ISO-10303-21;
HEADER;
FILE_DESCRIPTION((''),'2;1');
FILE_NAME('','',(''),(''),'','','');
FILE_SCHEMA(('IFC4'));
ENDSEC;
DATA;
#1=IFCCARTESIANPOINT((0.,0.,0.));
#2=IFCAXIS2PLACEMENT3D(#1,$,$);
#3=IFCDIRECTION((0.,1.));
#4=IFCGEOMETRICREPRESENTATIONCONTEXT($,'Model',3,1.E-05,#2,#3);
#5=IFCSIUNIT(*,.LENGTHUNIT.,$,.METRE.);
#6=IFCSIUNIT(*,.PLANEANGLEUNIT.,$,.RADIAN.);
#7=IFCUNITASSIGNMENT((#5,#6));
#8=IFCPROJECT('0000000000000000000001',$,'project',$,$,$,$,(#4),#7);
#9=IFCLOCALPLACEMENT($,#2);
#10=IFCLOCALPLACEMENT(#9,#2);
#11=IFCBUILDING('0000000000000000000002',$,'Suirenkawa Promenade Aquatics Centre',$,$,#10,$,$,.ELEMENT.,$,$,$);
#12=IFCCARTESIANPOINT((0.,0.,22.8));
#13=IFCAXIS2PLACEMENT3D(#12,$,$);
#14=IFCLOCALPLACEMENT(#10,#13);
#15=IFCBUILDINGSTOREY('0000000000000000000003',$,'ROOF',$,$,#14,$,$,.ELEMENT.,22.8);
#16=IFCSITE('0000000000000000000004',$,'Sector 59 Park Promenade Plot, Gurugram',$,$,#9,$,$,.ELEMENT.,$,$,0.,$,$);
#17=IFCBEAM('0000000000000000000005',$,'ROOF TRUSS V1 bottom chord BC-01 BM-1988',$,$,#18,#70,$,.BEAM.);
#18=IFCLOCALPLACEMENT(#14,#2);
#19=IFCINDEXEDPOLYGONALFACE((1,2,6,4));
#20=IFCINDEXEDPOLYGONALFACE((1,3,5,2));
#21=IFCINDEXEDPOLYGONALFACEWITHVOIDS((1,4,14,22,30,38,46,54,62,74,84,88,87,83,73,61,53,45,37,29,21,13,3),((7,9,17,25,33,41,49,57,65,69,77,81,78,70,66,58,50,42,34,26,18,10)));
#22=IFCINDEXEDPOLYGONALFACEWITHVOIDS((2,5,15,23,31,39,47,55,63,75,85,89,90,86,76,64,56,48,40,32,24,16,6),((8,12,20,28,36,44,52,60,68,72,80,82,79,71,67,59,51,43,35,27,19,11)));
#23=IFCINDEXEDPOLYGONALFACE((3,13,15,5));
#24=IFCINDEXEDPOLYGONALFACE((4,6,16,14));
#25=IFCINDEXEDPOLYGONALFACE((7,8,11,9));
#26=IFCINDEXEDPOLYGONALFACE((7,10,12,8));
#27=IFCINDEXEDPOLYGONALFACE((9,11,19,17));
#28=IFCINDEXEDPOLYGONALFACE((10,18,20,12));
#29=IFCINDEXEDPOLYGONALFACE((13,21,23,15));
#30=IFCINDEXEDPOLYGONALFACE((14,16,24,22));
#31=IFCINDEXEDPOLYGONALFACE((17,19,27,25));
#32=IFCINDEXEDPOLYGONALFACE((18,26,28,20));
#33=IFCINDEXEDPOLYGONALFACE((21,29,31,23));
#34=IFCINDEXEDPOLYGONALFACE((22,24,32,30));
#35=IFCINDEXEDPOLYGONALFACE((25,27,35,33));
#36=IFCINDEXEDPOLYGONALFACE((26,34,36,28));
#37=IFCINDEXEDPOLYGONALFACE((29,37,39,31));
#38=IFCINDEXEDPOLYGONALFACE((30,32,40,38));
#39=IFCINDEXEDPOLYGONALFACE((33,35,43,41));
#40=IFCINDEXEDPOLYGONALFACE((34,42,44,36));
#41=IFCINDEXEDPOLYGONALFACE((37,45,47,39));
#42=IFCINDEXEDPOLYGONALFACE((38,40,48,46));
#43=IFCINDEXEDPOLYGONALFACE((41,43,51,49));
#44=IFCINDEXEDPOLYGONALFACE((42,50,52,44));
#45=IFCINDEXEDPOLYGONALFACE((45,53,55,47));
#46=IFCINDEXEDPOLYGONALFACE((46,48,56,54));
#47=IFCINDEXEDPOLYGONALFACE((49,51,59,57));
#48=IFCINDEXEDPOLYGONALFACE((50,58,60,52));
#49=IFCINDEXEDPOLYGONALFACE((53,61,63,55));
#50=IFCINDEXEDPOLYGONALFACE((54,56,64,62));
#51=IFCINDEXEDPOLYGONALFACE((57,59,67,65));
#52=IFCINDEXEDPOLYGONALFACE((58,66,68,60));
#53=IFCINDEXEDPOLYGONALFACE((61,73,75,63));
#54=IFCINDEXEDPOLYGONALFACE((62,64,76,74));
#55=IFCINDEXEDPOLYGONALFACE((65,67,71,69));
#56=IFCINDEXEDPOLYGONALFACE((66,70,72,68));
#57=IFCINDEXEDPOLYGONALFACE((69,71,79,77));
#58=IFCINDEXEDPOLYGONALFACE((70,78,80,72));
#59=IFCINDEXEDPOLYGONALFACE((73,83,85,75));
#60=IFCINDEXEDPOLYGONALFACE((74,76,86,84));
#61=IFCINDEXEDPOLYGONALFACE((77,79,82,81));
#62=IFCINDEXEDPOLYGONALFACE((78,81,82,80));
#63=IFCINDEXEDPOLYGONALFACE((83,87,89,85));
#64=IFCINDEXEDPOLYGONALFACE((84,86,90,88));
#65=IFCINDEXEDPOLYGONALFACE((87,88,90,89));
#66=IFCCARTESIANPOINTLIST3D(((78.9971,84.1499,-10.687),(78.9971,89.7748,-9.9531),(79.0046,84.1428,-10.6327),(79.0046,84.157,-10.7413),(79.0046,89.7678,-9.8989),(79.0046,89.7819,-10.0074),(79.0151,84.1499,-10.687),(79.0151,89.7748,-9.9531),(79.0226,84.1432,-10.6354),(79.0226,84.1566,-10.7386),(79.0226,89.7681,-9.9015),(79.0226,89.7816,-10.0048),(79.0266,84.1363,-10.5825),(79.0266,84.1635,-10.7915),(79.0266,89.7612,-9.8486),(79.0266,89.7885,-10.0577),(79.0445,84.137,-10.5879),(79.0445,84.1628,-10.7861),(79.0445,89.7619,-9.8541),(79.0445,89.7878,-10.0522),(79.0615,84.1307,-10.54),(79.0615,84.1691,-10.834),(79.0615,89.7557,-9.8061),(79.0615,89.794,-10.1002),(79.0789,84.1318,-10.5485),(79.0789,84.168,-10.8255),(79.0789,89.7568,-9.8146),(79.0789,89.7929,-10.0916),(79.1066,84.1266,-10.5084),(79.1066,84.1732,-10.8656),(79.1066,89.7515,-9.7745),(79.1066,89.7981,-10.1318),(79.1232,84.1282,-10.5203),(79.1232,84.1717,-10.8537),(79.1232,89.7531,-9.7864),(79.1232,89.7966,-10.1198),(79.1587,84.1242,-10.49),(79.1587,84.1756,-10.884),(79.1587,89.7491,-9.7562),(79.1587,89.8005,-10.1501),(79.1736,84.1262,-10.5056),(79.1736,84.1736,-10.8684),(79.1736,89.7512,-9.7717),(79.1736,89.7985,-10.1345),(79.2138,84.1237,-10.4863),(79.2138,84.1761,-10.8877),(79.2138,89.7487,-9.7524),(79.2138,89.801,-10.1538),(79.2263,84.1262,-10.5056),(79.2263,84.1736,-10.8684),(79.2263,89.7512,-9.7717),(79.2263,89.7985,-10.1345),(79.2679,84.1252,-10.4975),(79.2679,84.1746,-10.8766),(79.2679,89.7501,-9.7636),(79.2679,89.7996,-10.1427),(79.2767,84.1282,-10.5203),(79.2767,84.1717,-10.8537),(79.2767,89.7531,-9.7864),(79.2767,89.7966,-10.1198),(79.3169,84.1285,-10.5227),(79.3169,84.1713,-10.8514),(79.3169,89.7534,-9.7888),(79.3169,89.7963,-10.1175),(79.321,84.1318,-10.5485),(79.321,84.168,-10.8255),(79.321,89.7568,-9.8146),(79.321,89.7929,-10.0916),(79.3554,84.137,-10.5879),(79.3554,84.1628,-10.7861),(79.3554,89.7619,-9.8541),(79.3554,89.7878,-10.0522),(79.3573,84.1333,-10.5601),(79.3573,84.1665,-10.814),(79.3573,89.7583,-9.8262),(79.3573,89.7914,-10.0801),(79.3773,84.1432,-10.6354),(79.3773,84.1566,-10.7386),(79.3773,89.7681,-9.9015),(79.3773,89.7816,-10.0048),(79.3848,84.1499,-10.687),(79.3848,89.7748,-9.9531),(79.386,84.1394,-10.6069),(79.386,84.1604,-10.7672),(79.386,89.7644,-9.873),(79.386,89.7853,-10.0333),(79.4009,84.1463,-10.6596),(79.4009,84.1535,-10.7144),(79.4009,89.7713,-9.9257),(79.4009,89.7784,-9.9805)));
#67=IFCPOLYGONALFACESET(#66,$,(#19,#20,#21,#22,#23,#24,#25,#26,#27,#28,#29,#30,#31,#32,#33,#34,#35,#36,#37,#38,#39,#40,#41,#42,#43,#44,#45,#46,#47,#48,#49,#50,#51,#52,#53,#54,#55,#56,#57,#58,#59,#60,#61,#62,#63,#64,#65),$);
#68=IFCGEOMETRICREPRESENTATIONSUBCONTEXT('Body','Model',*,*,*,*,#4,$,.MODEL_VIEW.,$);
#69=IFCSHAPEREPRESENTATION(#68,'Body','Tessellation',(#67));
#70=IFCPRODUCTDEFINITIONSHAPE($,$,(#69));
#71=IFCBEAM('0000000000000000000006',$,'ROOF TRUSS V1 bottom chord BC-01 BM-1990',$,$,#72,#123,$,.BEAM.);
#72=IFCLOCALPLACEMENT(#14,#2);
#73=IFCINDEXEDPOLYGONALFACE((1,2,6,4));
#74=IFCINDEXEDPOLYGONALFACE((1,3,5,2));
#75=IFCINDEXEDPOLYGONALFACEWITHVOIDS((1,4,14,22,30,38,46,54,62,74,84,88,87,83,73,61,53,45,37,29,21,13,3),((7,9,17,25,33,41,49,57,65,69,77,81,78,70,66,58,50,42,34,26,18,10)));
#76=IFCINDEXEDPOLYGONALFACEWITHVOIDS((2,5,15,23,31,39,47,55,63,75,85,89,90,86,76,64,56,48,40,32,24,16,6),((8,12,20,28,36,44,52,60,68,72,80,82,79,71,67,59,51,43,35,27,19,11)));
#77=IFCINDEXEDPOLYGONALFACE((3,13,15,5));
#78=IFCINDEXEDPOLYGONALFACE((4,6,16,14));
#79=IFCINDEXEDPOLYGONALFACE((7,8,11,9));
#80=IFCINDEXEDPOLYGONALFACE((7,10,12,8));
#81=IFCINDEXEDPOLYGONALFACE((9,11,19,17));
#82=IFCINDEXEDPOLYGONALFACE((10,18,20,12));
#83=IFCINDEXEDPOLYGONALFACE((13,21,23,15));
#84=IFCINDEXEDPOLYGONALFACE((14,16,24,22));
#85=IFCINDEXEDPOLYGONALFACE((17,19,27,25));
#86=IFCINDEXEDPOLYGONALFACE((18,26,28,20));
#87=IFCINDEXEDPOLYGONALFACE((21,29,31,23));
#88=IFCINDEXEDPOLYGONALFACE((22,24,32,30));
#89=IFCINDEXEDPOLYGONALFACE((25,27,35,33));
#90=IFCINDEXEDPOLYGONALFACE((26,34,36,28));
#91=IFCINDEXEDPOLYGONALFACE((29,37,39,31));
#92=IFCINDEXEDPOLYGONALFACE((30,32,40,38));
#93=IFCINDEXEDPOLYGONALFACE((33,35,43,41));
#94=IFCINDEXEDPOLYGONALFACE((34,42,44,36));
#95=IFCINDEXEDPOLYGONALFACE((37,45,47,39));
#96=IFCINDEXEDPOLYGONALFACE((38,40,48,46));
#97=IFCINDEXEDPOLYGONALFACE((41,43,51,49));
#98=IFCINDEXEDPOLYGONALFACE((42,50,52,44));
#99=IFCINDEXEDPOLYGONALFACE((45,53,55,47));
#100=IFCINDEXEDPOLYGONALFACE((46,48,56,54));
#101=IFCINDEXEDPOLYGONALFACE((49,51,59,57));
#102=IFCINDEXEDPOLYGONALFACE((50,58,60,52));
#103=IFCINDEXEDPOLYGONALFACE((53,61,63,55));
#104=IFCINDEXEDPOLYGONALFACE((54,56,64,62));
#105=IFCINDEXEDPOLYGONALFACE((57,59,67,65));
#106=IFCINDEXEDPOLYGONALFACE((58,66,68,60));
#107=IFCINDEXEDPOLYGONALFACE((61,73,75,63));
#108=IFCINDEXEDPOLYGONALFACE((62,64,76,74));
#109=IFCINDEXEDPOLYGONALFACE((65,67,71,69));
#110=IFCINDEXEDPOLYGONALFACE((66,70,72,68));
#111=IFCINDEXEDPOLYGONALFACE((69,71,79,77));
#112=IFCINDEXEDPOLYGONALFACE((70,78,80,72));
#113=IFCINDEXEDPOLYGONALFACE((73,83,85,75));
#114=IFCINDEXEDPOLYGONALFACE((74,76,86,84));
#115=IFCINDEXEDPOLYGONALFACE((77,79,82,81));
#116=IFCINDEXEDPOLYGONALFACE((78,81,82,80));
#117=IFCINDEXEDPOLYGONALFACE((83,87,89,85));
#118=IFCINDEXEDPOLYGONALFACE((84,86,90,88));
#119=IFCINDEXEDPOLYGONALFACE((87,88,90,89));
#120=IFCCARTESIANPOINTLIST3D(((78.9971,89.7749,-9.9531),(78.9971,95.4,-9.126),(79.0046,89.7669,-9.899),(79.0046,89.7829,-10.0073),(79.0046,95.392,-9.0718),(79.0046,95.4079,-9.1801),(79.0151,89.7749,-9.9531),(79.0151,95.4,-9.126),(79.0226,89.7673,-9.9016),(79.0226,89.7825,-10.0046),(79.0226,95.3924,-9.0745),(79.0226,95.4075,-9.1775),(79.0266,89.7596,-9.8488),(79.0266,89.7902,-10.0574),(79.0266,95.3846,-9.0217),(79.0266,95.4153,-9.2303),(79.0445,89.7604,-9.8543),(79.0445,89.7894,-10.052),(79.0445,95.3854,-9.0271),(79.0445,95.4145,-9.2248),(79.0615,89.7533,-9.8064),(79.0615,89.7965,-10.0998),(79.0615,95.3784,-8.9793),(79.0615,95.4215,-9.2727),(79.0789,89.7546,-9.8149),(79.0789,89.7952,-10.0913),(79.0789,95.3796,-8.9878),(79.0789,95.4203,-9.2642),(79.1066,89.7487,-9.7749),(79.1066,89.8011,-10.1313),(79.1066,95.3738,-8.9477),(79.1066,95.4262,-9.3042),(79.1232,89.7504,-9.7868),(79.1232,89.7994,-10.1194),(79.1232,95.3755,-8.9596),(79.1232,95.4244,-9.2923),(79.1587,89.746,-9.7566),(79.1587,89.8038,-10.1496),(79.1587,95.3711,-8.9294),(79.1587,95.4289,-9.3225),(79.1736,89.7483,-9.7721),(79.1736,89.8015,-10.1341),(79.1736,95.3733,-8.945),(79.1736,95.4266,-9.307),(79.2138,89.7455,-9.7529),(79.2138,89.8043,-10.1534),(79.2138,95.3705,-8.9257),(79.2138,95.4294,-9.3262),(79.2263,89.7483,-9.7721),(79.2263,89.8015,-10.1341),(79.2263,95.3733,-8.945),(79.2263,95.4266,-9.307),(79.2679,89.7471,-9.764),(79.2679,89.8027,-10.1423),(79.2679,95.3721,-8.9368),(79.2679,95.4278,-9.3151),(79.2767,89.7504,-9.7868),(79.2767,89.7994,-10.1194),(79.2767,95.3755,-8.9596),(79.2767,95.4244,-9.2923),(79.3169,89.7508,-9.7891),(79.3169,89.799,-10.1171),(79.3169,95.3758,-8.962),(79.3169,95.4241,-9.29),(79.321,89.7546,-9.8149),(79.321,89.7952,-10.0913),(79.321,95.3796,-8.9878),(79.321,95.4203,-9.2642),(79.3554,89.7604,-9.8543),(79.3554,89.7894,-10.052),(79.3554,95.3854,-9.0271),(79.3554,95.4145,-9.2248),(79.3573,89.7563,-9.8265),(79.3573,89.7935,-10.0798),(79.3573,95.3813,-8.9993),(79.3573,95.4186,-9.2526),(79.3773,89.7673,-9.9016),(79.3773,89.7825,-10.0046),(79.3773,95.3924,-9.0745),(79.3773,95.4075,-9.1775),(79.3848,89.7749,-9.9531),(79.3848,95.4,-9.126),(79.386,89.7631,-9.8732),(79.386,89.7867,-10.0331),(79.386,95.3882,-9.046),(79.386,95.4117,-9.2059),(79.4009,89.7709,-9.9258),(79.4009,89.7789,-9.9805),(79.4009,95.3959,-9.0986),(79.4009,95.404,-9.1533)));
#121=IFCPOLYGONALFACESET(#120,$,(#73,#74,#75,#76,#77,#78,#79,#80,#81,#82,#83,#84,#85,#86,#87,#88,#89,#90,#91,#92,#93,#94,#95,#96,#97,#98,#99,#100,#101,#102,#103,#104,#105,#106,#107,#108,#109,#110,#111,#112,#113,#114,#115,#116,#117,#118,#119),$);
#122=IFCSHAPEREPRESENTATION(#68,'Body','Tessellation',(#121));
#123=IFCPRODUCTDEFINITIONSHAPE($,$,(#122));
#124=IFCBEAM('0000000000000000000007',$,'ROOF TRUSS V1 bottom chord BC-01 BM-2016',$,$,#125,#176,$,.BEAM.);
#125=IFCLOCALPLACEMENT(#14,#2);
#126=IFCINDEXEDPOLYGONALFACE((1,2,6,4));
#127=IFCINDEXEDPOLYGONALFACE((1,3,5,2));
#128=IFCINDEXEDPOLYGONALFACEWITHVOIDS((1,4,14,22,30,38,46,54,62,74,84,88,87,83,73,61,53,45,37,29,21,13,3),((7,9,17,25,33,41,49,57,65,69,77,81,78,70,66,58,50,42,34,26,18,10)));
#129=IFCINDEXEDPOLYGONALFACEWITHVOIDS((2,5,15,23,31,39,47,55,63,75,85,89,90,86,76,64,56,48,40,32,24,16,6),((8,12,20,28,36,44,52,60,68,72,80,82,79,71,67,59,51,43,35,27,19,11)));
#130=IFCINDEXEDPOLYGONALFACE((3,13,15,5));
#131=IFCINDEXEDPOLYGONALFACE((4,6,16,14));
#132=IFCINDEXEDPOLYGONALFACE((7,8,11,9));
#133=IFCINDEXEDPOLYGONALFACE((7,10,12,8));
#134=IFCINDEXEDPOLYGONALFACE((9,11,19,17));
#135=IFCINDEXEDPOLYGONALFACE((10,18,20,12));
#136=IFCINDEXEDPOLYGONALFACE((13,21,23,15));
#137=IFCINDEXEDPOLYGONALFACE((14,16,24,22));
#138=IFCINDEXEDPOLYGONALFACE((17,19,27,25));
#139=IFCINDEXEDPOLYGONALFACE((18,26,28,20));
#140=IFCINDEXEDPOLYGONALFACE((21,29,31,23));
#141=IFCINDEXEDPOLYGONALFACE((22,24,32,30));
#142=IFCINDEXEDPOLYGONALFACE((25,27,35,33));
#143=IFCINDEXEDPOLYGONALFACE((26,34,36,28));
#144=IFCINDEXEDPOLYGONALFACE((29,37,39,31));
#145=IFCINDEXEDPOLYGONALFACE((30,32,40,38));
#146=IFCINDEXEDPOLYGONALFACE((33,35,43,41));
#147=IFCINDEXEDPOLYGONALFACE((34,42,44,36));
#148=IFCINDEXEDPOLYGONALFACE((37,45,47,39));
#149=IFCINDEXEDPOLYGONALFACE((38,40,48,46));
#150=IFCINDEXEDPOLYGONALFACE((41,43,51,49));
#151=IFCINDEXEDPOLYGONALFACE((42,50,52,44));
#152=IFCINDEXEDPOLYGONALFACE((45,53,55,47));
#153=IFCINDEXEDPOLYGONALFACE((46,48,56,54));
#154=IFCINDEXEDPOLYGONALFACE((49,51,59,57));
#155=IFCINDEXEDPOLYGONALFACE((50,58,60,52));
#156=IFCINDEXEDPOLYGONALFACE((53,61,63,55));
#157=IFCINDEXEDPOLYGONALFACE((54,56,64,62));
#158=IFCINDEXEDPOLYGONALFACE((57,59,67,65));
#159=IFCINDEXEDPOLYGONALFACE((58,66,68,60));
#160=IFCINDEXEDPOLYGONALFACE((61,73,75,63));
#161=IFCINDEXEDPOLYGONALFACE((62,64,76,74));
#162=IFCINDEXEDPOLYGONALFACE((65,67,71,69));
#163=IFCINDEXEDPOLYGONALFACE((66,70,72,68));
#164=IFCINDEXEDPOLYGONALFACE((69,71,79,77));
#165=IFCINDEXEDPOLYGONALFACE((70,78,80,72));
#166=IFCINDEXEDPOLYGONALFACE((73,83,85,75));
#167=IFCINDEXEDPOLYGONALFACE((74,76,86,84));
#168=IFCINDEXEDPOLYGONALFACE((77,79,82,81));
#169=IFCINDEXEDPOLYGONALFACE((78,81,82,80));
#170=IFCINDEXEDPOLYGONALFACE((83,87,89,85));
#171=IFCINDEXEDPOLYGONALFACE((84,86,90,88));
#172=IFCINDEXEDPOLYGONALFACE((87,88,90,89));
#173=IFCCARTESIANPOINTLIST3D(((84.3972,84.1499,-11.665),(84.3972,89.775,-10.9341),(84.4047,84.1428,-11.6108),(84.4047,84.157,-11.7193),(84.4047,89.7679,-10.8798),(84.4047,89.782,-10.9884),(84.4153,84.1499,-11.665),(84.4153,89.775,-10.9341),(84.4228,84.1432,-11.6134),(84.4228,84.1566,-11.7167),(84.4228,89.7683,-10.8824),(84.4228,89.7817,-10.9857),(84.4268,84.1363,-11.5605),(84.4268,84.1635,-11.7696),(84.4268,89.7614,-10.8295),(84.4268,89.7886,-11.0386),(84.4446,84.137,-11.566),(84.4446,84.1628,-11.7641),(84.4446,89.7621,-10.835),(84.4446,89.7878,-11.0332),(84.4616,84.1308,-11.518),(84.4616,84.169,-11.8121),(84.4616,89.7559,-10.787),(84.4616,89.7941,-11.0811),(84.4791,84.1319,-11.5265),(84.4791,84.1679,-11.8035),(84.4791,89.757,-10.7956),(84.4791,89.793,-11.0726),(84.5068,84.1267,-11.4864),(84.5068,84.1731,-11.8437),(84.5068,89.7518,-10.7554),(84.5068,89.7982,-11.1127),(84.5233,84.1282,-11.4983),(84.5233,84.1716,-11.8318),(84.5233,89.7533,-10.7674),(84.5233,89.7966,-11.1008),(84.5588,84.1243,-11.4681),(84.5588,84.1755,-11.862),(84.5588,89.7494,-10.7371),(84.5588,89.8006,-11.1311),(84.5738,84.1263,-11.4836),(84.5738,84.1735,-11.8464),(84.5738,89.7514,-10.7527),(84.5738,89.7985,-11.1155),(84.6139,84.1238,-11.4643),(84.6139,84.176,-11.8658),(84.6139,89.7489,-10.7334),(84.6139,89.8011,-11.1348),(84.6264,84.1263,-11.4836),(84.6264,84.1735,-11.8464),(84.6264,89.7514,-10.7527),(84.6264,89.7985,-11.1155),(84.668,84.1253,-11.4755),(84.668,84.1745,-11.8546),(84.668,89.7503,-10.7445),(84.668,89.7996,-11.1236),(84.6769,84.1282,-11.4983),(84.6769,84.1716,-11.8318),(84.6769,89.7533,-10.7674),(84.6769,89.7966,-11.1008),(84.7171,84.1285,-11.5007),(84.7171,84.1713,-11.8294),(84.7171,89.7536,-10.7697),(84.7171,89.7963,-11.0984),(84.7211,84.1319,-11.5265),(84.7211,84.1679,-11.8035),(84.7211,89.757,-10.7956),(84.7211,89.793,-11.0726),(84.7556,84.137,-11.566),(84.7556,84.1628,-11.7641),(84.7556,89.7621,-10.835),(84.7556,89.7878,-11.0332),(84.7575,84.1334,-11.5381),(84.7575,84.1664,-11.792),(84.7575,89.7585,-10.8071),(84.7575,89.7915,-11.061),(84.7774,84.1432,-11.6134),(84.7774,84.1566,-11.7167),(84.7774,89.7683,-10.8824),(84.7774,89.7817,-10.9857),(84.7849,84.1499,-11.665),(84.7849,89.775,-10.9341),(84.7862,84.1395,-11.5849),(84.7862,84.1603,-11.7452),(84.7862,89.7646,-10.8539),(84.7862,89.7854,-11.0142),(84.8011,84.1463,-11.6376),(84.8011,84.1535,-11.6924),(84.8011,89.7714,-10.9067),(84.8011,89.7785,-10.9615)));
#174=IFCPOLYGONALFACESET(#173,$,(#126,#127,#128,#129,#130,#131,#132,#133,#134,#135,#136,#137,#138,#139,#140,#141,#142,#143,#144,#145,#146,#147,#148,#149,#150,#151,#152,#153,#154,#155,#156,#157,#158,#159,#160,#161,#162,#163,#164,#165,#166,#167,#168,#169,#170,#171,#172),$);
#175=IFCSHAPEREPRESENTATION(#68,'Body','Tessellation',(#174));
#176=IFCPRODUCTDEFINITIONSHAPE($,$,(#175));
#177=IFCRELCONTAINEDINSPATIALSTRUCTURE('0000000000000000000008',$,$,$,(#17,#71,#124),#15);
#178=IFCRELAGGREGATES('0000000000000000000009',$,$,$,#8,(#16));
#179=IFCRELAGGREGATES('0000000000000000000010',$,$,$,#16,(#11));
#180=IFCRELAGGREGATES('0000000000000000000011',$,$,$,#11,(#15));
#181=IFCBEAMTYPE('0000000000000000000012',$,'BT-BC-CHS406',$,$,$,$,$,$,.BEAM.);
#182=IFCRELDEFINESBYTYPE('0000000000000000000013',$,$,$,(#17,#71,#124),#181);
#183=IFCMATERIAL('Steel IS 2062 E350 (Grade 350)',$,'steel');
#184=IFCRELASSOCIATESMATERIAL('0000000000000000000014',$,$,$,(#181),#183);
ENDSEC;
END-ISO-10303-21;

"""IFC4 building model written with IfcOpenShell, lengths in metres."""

from ifc_helpers import new_model, si_unit, direction, frame, origin, origin_2d, place, context, subcontext, project, spatial, hollow_circle, extrude, material, material_profile, profile_set, type_object, element, save


model = new_model("IFC4")

# Units and contexts
model_context = context("Model", 3, precision=1e-05, world=origin(), true_north=direction((0.0, 1.0)))
body_context = subcontext(model_context, "Body", "Model", "MODEL_VIEW")
ifc_project = project(units=[si_unit("LENGTHUNIT", "METRE"), si_unit("PLANEANGLEUNIT", "RADIAN")], contexts=[model_context])

# Site, building, storey
site_placement = place(None, origin())
site = spatial("IfcSite", under=ifc_project, at=site_placement, Name="Sector 59 Park Promenade Plot, Gurugram", CompositionType="ELEMENT", RefElevation=0.0)
building_placement = place(site_placement, origin())
building = spatial("IfcBuilding", under=site, at=building_placement, Name="Suirenkawa Promenade Aquatics Centre", CompositionType="ELEMENT")
storey_placement = place(building_placement, frame((0.0, 0.0, 22.8)))
storey = spatial("IfcBuildingStorey", under=building, at=storey_placement, Name="ROOF", CompositionType="ELEMENT", Elevation=22.8)

# Beams
ifc_material = material(Name="Steel IS 2062 E350 (Grade 350)", Category="steel")
ifc_material_profile_1 = material_profile(ifc_material, hollow_circle(Radius=0.2029, WallThickness=0.0181, at=origin_2d()), Name="CHS 406x18", Category="steel")
ifc_profile_set_1 = profile_set([ifc_material_profile_1], Name="Steel IS 2062 E350 (Grade 350)")
beam_type_1 = type_object("IfcBeamType", Name="BT-BC-CHS406", PredefinedType="BEAM", material=ifc_profile_set_1)
beam_1_placement = place(storey_placement, frame((79.2, 84.1499, -10.687), z_axis=(0.0, 0.991596, 0.129372), x_axis=(-1.0, 0.0, 0.0)))
element("IfcBeam", 1, at=beam_1_placement, inside=storey, type_object=beam_type_1, Name="ROOF TRUSS V1 bottom chord BC-01 BM-1988", PredefinedType="BEAM", context=body_context, shape_type="SweptSolid", body=[
    extrude(hollow_circle(Radius=0.2029, WallThickness=0.0181, at=origin_2d()), origin(), (0.0, 0.0, 1.0), 5.6726),
])
beam_2_placement = place(storey_placement, frame((79.2, 89.7749, -9.9531), z_axis=(0.0, 0.989361, 0.145484), x_axis=(-1.0, 0.0, 0.0)))
element("IfcBeam", 2, at=beam_2_placement, inside=storey, type_object=beam_type_1, Name="ROOF TRUSS V1 bottom chord BC-01 BM-1990", PredefinedType="BEAM", context=body_context, shape_type="SweptSolid", body=[
    extrude(hollow_circle(Radius=0.2029, WallThickness=0.0181, at=origin_2d()), origin(), (0.0, 0.0, 1.0), 5.6855),
])
beam_3_placement = place(storey_placement, frame((84.6001, 84.1499, -11.665), z_axis=(0.0, 0.991662, 0.128864), x_axis=(-1.0, 0.0, 0.0)))
element("IfcBeam", 3, at=beam_3_placement, inside=storey, type_object=beam_type_1, Name="ROOF TRUSS V1 bottom chord BC-01 BM-2016", PredefinedType="BEAM", context=body_context, shape_type="SweptSolid", body=[
    extrude(hollow_circle(Radius=0.2029, WallThickness=0.0181, at=origin_2d()), origin(), (0.0, 0.0, 1.0), 5.6724),
])

save(model, "model.ifc")
